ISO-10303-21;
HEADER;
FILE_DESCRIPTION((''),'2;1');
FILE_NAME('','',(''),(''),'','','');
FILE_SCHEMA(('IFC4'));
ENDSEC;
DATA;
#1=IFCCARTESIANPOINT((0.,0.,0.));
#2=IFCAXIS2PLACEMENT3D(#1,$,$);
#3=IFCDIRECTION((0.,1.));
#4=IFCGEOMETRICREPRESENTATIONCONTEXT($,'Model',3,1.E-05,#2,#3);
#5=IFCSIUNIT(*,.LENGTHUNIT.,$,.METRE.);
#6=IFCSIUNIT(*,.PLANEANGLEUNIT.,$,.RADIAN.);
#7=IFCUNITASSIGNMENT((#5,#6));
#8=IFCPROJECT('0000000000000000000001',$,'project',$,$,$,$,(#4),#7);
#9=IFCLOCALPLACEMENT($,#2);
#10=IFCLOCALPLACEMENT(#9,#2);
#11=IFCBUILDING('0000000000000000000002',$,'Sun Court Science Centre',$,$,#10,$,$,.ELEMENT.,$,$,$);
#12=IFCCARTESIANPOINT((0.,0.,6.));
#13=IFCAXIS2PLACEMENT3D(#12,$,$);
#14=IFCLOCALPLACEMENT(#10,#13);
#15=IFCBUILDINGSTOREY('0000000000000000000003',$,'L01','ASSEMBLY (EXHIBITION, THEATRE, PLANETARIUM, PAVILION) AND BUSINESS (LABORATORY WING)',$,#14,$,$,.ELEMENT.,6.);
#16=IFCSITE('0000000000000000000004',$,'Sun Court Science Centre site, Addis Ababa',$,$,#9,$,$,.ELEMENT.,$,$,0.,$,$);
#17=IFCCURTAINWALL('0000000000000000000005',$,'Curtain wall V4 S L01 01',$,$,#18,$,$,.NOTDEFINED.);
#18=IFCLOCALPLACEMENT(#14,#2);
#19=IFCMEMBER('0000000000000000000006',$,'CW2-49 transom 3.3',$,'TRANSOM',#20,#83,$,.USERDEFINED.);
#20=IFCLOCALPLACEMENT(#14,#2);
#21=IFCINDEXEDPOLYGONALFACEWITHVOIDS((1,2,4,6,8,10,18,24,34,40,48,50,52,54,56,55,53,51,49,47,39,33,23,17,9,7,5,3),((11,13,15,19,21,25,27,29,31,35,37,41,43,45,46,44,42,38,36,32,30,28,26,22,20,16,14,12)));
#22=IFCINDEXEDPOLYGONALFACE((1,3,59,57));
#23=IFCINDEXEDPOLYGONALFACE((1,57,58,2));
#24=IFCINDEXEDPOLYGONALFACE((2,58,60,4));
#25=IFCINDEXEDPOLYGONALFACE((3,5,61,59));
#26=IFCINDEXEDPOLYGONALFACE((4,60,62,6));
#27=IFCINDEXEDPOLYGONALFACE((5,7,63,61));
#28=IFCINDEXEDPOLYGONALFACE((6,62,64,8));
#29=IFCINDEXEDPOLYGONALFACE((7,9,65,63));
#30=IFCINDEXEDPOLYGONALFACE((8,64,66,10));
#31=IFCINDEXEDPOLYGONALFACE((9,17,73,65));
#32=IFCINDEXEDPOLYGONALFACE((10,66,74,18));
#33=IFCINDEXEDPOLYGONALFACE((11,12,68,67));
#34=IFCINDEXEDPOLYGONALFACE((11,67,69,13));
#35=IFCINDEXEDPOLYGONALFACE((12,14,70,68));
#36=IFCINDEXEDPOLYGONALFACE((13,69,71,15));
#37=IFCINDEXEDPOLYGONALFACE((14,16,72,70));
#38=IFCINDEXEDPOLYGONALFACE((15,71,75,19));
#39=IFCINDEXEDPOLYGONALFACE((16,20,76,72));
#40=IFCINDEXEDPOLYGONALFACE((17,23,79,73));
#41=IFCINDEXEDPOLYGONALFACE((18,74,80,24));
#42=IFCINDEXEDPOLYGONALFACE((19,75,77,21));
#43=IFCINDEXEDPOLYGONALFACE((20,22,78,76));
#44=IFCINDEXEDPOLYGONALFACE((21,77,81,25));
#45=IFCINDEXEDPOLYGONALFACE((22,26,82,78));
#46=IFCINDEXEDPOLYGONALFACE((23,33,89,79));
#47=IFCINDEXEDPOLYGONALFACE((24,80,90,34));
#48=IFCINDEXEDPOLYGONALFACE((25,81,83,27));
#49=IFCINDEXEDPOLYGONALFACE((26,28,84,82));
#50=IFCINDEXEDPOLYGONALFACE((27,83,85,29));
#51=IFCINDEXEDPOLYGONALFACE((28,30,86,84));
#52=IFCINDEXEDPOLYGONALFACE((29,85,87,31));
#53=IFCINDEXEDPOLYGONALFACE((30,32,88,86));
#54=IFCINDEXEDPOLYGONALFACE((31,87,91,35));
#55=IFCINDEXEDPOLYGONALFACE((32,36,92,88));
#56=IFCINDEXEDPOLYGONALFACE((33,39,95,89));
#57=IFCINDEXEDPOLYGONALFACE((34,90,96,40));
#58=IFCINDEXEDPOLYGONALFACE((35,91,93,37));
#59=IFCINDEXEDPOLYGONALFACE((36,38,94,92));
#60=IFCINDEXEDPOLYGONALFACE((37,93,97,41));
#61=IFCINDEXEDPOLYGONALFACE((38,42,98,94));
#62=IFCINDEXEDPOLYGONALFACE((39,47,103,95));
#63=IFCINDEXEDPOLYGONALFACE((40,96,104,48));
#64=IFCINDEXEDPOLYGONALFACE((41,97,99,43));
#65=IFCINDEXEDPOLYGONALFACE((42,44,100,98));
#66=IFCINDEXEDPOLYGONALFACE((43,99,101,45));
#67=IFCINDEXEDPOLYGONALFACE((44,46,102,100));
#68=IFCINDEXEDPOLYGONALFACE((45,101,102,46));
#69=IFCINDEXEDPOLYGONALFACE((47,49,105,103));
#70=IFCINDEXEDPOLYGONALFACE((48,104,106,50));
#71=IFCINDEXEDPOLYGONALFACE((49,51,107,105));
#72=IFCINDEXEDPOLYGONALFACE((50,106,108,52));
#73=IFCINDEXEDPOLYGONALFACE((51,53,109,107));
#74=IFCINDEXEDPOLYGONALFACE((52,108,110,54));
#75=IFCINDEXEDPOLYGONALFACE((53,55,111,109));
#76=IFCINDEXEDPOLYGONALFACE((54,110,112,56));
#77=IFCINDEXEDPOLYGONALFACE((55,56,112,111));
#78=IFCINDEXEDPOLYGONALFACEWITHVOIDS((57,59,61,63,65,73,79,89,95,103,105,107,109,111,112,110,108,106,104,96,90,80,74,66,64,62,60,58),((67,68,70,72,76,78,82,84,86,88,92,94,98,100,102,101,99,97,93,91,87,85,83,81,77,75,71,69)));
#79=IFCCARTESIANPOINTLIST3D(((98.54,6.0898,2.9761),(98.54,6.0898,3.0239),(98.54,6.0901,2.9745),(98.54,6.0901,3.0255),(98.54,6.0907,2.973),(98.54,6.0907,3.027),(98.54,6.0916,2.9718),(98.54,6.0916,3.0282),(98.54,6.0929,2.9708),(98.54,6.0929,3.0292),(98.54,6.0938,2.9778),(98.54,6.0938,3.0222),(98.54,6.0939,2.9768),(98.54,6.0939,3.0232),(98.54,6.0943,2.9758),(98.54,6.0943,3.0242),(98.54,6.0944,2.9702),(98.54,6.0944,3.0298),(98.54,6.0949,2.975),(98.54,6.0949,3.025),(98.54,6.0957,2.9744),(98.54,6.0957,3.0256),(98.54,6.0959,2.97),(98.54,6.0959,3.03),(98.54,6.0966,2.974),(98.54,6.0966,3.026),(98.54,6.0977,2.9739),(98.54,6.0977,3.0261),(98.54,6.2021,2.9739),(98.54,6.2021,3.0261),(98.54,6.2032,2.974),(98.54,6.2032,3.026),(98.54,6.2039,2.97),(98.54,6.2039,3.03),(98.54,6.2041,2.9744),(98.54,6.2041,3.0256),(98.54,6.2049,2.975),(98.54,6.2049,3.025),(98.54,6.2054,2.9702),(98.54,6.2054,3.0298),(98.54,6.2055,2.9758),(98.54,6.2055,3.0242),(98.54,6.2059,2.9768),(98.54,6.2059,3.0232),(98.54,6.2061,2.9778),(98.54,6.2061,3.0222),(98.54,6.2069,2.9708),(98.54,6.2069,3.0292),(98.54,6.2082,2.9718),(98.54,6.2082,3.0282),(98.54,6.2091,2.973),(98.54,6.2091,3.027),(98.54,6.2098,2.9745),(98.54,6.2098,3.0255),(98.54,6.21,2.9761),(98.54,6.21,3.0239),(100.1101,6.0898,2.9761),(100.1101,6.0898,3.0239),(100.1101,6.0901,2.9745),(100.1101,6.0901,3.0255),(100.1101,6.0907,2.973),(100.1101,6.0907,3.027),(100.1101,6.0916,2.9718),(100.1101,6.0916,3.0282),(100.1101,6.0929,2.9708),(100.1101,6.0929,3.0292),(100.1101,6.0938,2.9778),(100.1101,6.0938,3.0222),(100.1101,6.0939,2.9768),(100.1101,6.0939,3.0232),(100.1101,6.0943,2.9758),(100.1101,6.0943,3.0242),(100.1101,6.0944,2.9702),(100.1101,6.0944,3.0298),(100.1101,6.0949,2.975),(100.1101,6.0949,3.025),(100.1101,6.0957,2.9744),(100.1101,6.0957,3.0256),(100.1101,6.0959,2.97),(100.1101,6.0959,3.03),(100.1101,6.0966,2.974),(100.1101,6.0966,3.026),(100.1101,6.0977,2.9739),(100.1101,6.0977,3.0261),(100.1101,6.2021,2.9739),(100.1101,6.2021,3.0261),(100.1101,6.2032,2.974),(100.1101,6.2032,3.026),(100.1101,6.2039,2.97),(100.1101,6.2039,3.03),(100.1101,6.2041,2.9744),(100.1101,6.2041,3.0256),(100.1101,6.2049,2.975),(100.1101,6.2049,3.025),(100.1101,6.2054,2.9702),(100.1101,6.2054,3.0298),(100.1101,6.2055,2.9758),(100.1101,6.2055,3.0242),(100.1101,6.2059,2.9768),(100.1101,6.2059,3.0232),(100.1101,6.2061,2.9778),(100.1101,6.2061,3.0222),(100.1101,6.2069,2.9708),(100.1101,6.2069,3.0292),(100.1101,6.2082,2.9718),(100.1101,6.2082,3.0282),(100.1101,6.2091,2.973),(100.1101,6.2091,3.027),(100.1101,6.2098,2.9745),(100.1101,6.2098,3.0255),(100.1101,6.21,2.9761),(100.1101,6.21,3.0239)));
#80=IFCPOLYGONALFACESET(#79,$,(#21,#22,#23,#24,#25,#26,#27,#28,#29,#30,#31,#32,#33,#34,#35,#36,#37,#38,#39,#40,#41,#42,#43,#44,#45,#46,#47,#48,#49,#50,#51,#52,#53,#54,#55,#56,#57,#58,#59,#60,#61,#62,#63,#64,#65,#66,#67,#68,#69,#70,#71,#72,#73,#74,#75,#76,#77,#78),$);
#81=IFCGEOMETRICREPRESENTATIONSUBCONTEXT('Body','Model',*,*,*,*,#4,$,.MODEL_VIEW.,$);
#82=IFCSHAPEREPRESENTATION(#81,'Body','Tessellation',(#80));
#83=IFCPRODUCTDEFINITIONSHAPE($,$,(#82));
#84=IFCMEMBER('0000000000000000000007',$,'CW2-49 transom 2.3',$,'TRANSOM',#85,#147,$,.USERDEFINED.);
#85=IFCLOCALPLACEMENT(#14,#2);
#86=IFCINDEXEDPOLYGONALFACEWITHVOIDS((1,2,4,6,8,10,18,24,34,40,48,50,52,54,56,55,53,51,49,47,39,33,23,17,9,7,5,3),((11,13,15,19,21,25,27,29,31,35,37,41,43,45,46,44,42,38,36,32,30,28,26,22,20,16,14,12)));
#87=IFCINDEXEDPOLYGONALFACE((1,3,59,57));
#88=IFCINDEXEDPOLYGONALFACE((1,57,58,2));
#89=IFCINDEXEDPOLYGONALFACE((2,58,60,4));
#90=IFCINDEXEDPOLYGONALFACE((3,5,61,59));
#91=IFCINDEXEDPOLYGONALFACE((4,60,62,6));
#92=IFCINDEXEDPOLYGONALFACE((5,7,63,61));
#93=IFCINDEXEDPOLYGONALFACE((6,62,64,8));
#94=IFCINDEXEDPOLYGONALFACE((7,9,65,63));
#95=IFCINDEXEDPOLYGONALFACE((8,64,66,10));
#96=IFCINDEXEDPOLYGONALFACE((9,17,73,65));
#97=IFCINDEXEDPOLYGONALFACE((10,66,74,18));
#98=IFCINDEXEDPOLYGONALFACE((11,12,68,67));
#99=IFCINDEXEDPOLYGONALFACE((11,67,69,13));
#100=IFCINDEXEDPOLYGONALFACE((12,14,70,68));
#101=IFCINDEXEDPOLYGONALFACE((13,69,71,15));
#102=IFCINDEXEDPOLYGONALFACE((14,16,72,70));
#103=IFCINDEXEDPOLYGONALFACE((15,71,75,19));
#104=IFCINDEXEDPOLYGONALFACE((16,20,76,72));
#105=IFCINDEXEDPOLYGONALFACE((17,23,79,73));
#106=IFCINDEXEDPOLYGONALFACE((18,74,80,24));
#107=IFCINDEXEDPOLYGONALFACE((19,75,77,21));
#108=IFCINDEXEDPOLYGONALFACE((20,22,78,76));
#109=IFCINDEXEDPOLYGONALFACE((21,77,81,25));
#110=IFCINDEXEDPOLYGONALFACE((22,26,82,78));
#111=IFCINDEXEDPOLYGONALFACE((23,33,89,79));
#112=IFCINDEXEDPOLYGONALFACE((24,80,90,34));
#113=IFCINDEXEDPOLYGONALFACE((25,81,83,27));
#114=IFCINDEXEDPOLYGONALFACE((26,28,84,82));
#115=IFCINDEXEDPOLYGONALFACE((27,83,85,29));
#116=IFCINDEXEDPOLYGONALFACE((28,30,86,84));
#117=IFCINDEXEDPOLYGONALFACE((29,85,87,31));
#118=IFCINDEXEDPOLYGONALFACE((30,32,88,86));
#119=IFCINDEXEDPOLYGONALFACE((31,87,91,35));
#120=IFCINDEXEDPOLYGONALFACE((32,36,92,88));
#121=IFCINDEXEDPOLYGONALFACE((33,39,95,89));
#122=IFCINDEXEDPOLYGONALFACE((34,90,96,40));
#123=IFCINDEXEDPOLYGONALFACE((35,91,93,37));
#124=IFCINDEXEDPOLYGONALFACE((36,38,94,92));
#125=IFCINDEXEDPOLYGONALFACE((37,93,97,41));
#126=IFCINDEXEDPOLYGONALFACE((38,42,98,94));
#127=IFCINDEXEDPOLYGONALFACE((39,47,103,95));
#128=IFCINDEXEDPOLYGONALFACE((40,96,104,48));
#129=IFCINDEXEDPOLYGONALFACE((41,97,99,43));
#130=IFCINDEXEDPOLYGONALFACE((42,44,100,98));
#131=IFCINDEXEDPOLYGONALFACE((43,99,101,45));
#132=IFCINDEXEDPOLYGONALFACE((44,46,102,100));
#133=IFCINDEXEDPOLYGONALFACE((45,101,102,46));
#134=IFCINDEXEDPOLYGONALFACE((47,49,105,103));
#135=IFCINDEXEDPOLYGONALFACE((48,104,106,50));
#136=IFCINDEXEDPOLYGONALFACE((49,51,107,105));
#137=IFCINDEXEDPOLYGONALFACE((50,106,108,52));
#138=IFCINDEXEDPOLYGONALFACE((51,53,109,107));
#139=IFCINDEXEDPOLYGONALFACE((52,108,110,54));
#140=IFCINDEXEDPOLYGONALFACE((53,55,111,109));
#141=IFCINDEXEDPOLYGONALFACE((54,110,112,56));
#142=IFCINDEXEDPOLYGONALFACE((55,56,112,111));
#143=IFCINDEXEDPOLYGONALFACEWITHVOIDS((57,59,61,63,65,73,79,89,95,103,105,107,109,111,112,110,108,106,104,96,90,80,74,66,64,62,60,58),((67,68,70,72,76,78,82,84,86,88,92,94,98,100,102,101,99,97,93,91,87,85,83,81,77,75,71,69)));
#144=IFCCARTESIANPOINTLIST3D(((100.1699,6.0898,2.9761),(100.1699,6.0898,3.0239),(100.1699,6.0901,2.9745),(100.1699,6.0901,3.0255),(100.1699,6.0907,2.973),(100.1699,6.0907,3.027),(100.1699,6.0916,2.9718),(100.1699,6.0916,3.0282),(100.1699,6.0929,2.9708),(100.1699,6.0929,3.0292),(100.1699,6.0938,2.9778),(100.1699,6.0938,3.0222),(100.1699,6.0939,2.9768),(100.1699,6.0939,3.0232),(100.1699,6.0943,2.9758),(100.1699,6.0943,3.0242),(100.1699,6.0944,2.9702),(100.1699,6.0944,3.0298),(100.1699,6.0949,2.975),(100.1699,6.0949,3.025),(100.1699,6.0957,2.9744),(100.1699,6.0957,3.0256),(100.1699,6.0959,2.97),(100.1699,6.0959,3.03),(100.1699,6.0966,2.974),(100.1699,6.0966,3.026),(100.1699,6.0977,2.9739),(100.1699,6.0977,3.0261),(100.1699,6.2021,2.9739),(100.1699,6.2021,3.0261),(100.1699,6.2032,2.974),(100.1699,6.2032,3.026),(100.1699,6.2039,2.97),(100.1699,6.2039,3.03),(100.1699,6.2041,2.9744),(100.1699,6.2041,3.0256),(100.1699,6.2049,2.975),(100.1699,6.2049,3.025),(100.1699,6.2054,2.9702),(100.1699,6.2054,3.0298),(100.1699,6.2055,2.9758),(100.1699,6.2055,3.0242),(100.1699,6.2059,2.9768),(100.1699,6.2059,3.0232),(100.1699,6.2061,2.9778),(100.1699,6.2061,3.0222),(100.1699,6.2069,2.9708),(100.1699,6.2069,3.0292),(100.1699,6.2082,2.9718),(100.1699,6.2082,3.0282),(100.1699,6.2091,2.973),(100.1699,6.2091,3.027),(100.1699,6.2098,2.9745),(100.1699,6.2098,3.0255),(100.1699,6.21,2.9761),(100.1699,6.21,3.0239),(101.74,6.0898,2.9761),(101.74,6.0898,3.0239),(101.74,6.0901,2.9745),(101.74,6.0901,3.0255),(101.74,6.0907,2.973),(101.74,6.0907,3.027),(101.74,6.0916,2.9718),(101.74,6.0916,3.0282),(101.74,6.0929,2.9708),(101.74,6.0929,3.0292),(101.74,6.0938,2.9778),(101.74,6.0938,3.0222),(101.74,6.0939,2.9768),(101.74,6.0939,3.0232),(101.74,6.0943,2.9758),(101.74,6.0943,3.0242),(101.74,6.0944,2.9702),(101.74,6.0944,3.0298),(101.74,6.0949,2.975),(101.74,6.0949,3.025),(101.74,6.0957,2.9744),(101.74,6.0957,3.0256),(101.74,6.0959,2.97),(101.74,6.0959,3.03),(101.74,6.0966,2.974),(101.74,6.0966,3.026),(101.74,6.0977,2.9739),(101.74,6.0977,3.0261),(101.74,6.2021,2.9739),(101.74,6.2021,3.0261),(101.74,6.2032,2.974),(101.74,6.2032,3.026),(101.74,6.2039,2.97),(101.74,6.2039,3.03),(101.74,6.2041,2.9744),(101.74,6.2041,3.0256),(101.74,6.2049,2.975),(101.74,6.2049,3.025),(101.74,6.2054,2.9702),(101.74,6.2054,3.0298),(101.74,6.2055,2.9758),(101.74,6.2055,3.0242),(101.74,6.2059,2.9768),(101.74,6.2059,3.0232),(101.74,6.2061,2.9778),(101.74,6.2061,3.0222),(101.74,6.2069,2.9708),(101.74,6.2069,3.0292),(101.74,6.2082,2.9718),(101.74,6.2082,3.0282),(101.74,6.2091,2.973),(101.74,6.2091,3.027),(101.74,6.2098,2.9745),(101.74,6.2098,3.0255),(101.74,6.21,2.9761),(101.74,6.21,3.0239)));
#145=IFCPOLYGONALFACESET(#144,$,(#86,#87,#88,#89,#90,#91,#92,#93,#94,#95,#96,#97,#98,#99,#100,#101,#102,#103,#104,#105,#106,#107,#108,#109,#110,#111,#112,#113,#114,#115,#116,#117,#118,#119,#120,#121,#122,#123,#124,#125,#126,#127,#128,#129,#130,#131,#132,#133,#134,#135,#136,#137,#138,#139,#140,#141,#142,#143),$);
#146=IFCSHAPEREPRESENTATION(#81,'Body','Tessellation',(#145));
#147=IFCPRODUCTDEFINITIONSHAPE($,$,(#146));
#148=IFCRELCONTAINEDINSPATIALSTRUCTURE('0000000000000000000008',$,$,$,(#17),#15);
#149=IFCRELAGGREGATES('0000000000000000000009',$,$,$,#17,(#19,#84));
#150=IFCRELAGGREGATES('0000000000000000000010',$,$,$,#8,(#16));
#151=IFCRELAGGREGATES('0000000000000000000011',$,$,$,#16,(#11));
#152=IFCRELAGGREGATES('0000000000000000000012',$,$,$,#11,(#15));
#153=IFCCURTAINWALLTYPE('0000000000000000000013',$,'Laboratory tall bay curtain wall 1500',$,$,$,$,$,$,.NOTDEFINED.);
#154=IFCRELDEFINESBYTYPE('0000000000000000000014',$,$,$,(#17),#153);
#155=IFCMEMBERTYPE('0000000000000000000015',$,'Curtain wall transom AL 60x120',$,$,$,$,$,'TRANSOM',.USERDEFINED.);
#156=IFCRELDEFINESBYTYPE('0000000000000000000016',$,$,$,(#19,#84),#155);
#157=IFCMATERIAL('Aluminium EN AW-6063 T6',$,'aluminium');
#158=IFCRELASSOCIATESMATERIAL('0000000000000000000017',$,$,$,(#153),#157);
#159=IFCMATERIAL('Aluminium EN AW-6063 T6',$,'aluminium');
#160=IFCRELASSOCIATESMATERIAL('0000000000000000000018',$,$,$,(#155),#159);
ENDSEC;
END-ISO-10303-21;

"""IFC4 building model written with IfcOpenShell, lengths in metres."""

from ifc_helpers import new_model, si_unit, direction, frame, origin, origin_2d, place, context, subcontext, project, spatial, hollow_rectangle, extrude, material, material_profile, profile_set, type_object, element, aggregate, save


model = new_model("IFC4")

# Units and contexts
model_context = context("Model", 3, precision=1e-05, world=origin(), true_north=direction((0.0, 1.0)))
body_context = subcontext(model_context, "Body", "Model", "MODEL_VIEW")
ifc_project = project(units=[si_unit("LENGTHUNIT", "METRE"), si_unit("PLANEANGLEUNIT", "RADIAN")], contexts=[model_context])

# Site, building, storey
site_placement = place(None, origin())
site = spatial("IfcSite", under=ifc_project, at=site_placement, Name="Sun Court Science Centre site, Addis Ababa", CompositionType="ELEMENT", RefElevation=0.0)
building_placement = place(site_placement, origin())
building = spatial("IfcBuilding", under=site, at=building_placement, Name="Sun Court Science Centre", CompositionType="ELEMENT")
storey_placement = place(building_placement, frame((0.0, 0.0, 6.0)))
storey = spatial("IfcBuildingStorey", under=building, at=storey_placement, Name="L01", Description="ASSEMBLY (EXHIBITION, THEATRE, PLANETARIUM, PAVILION) AND BUSINESS (LABORATORY WING)", CompositionType="ELEMENT", Elevation=6.0)

# Curtain wall, members
ifc_material_1 = material(Name="Aluminium EN AW-6063 T6", Category="aluminium")
curtain_wall_type = type_object("IfcCurtainWallType", Name="Laboratory tall bay curtain wall 1500", PredefinedType="NOTDEFINED", material=ifc_material_1)
curtain_wall_placement = place(storey_placement, origin())
curtain_wall = element("IfcCurtainWall", 1, at=curtain_wall_placement, inside=storey, type_object=curtain_wall_type, Name="Curtain wall V4 S L01 01", PredefinedType="NOTDEFINED")
ifc_material_2 = material(Name="Aluminium EN AW-6063 T6", Category="aluminium")
ifc_material_profile_1 = material_profile(ifc_material_2, hollow_rectangle(XDim=0.0601, YDim=0.1201, WallThickness=0.0039, InnerFilletRadius=0.0039, OuterFilletRadius=0.0061, at=origin_2d()), Name="AL 60x120x4")
ifc_profile_set_1 = profile_set([ifc_material_profile_1], Name="Aluminium EN AW-6063 T6")
member_type_1 = type_object("IfcMemberType", Name="Curtain wall transom AL 60x120", ElementType="TRANSOM", PredefinedType="USERDEFINED", material=ifc_profile_set_1)
member_1_placement = place(storey_placement, frame((100.1101, 6.1499, 3.0), z_axis=(-1.0, 0.0, 0.0), x_axis=(0.0, 0.0, 1.0)))
member_1 = element("IfcMember", 2, at=member_1_placement, type_object=member_type_1, Name="CW2-49 transom 3.3", ObjectType="TRANSOM", PredefinedType="USERDEFINED", context=body_context, shape_type="SweptSolid", body=[
    extrude(hollow_rectangle(XDim=0.0601, YDim=0.1201, WallThickness=0.0039, InnerFilletRadius=0.0039, OuterFilletRadius=0.0061, at=origin_2d()), origin(), (0.0, 0.0, 1.0), 1.5701),
])
member_2_placement = place(storey_placement, frame((101.74, 6.1499, 3.0), z_axis=(-1.0, 0.0, 0.0), x_axis=(0.0, 0.0, 1.0)))
member_2 = element("IfcMember", 3, at=member_2_placement, type_object=member_type_1, Name="CW2-49 transom 2.3", ObjectType="TRANSOM", PredefinedType="USERDEFINED", context=body_context, shape_type="SweptSolid", body=[
    extrude(hollow_rectangle(XDim=0.0601, YDim=0.1201, WallThickness=0.0039, InnerFilletRadius=0.0039, OuterFilletRadius=0.0061, at=origin_2d()), origin(), (0.0, 0.0, 1.0), 1.5701),
])

aggregate(curtain_wall, [member_1, member_2])

save(model, "model.ifc")
